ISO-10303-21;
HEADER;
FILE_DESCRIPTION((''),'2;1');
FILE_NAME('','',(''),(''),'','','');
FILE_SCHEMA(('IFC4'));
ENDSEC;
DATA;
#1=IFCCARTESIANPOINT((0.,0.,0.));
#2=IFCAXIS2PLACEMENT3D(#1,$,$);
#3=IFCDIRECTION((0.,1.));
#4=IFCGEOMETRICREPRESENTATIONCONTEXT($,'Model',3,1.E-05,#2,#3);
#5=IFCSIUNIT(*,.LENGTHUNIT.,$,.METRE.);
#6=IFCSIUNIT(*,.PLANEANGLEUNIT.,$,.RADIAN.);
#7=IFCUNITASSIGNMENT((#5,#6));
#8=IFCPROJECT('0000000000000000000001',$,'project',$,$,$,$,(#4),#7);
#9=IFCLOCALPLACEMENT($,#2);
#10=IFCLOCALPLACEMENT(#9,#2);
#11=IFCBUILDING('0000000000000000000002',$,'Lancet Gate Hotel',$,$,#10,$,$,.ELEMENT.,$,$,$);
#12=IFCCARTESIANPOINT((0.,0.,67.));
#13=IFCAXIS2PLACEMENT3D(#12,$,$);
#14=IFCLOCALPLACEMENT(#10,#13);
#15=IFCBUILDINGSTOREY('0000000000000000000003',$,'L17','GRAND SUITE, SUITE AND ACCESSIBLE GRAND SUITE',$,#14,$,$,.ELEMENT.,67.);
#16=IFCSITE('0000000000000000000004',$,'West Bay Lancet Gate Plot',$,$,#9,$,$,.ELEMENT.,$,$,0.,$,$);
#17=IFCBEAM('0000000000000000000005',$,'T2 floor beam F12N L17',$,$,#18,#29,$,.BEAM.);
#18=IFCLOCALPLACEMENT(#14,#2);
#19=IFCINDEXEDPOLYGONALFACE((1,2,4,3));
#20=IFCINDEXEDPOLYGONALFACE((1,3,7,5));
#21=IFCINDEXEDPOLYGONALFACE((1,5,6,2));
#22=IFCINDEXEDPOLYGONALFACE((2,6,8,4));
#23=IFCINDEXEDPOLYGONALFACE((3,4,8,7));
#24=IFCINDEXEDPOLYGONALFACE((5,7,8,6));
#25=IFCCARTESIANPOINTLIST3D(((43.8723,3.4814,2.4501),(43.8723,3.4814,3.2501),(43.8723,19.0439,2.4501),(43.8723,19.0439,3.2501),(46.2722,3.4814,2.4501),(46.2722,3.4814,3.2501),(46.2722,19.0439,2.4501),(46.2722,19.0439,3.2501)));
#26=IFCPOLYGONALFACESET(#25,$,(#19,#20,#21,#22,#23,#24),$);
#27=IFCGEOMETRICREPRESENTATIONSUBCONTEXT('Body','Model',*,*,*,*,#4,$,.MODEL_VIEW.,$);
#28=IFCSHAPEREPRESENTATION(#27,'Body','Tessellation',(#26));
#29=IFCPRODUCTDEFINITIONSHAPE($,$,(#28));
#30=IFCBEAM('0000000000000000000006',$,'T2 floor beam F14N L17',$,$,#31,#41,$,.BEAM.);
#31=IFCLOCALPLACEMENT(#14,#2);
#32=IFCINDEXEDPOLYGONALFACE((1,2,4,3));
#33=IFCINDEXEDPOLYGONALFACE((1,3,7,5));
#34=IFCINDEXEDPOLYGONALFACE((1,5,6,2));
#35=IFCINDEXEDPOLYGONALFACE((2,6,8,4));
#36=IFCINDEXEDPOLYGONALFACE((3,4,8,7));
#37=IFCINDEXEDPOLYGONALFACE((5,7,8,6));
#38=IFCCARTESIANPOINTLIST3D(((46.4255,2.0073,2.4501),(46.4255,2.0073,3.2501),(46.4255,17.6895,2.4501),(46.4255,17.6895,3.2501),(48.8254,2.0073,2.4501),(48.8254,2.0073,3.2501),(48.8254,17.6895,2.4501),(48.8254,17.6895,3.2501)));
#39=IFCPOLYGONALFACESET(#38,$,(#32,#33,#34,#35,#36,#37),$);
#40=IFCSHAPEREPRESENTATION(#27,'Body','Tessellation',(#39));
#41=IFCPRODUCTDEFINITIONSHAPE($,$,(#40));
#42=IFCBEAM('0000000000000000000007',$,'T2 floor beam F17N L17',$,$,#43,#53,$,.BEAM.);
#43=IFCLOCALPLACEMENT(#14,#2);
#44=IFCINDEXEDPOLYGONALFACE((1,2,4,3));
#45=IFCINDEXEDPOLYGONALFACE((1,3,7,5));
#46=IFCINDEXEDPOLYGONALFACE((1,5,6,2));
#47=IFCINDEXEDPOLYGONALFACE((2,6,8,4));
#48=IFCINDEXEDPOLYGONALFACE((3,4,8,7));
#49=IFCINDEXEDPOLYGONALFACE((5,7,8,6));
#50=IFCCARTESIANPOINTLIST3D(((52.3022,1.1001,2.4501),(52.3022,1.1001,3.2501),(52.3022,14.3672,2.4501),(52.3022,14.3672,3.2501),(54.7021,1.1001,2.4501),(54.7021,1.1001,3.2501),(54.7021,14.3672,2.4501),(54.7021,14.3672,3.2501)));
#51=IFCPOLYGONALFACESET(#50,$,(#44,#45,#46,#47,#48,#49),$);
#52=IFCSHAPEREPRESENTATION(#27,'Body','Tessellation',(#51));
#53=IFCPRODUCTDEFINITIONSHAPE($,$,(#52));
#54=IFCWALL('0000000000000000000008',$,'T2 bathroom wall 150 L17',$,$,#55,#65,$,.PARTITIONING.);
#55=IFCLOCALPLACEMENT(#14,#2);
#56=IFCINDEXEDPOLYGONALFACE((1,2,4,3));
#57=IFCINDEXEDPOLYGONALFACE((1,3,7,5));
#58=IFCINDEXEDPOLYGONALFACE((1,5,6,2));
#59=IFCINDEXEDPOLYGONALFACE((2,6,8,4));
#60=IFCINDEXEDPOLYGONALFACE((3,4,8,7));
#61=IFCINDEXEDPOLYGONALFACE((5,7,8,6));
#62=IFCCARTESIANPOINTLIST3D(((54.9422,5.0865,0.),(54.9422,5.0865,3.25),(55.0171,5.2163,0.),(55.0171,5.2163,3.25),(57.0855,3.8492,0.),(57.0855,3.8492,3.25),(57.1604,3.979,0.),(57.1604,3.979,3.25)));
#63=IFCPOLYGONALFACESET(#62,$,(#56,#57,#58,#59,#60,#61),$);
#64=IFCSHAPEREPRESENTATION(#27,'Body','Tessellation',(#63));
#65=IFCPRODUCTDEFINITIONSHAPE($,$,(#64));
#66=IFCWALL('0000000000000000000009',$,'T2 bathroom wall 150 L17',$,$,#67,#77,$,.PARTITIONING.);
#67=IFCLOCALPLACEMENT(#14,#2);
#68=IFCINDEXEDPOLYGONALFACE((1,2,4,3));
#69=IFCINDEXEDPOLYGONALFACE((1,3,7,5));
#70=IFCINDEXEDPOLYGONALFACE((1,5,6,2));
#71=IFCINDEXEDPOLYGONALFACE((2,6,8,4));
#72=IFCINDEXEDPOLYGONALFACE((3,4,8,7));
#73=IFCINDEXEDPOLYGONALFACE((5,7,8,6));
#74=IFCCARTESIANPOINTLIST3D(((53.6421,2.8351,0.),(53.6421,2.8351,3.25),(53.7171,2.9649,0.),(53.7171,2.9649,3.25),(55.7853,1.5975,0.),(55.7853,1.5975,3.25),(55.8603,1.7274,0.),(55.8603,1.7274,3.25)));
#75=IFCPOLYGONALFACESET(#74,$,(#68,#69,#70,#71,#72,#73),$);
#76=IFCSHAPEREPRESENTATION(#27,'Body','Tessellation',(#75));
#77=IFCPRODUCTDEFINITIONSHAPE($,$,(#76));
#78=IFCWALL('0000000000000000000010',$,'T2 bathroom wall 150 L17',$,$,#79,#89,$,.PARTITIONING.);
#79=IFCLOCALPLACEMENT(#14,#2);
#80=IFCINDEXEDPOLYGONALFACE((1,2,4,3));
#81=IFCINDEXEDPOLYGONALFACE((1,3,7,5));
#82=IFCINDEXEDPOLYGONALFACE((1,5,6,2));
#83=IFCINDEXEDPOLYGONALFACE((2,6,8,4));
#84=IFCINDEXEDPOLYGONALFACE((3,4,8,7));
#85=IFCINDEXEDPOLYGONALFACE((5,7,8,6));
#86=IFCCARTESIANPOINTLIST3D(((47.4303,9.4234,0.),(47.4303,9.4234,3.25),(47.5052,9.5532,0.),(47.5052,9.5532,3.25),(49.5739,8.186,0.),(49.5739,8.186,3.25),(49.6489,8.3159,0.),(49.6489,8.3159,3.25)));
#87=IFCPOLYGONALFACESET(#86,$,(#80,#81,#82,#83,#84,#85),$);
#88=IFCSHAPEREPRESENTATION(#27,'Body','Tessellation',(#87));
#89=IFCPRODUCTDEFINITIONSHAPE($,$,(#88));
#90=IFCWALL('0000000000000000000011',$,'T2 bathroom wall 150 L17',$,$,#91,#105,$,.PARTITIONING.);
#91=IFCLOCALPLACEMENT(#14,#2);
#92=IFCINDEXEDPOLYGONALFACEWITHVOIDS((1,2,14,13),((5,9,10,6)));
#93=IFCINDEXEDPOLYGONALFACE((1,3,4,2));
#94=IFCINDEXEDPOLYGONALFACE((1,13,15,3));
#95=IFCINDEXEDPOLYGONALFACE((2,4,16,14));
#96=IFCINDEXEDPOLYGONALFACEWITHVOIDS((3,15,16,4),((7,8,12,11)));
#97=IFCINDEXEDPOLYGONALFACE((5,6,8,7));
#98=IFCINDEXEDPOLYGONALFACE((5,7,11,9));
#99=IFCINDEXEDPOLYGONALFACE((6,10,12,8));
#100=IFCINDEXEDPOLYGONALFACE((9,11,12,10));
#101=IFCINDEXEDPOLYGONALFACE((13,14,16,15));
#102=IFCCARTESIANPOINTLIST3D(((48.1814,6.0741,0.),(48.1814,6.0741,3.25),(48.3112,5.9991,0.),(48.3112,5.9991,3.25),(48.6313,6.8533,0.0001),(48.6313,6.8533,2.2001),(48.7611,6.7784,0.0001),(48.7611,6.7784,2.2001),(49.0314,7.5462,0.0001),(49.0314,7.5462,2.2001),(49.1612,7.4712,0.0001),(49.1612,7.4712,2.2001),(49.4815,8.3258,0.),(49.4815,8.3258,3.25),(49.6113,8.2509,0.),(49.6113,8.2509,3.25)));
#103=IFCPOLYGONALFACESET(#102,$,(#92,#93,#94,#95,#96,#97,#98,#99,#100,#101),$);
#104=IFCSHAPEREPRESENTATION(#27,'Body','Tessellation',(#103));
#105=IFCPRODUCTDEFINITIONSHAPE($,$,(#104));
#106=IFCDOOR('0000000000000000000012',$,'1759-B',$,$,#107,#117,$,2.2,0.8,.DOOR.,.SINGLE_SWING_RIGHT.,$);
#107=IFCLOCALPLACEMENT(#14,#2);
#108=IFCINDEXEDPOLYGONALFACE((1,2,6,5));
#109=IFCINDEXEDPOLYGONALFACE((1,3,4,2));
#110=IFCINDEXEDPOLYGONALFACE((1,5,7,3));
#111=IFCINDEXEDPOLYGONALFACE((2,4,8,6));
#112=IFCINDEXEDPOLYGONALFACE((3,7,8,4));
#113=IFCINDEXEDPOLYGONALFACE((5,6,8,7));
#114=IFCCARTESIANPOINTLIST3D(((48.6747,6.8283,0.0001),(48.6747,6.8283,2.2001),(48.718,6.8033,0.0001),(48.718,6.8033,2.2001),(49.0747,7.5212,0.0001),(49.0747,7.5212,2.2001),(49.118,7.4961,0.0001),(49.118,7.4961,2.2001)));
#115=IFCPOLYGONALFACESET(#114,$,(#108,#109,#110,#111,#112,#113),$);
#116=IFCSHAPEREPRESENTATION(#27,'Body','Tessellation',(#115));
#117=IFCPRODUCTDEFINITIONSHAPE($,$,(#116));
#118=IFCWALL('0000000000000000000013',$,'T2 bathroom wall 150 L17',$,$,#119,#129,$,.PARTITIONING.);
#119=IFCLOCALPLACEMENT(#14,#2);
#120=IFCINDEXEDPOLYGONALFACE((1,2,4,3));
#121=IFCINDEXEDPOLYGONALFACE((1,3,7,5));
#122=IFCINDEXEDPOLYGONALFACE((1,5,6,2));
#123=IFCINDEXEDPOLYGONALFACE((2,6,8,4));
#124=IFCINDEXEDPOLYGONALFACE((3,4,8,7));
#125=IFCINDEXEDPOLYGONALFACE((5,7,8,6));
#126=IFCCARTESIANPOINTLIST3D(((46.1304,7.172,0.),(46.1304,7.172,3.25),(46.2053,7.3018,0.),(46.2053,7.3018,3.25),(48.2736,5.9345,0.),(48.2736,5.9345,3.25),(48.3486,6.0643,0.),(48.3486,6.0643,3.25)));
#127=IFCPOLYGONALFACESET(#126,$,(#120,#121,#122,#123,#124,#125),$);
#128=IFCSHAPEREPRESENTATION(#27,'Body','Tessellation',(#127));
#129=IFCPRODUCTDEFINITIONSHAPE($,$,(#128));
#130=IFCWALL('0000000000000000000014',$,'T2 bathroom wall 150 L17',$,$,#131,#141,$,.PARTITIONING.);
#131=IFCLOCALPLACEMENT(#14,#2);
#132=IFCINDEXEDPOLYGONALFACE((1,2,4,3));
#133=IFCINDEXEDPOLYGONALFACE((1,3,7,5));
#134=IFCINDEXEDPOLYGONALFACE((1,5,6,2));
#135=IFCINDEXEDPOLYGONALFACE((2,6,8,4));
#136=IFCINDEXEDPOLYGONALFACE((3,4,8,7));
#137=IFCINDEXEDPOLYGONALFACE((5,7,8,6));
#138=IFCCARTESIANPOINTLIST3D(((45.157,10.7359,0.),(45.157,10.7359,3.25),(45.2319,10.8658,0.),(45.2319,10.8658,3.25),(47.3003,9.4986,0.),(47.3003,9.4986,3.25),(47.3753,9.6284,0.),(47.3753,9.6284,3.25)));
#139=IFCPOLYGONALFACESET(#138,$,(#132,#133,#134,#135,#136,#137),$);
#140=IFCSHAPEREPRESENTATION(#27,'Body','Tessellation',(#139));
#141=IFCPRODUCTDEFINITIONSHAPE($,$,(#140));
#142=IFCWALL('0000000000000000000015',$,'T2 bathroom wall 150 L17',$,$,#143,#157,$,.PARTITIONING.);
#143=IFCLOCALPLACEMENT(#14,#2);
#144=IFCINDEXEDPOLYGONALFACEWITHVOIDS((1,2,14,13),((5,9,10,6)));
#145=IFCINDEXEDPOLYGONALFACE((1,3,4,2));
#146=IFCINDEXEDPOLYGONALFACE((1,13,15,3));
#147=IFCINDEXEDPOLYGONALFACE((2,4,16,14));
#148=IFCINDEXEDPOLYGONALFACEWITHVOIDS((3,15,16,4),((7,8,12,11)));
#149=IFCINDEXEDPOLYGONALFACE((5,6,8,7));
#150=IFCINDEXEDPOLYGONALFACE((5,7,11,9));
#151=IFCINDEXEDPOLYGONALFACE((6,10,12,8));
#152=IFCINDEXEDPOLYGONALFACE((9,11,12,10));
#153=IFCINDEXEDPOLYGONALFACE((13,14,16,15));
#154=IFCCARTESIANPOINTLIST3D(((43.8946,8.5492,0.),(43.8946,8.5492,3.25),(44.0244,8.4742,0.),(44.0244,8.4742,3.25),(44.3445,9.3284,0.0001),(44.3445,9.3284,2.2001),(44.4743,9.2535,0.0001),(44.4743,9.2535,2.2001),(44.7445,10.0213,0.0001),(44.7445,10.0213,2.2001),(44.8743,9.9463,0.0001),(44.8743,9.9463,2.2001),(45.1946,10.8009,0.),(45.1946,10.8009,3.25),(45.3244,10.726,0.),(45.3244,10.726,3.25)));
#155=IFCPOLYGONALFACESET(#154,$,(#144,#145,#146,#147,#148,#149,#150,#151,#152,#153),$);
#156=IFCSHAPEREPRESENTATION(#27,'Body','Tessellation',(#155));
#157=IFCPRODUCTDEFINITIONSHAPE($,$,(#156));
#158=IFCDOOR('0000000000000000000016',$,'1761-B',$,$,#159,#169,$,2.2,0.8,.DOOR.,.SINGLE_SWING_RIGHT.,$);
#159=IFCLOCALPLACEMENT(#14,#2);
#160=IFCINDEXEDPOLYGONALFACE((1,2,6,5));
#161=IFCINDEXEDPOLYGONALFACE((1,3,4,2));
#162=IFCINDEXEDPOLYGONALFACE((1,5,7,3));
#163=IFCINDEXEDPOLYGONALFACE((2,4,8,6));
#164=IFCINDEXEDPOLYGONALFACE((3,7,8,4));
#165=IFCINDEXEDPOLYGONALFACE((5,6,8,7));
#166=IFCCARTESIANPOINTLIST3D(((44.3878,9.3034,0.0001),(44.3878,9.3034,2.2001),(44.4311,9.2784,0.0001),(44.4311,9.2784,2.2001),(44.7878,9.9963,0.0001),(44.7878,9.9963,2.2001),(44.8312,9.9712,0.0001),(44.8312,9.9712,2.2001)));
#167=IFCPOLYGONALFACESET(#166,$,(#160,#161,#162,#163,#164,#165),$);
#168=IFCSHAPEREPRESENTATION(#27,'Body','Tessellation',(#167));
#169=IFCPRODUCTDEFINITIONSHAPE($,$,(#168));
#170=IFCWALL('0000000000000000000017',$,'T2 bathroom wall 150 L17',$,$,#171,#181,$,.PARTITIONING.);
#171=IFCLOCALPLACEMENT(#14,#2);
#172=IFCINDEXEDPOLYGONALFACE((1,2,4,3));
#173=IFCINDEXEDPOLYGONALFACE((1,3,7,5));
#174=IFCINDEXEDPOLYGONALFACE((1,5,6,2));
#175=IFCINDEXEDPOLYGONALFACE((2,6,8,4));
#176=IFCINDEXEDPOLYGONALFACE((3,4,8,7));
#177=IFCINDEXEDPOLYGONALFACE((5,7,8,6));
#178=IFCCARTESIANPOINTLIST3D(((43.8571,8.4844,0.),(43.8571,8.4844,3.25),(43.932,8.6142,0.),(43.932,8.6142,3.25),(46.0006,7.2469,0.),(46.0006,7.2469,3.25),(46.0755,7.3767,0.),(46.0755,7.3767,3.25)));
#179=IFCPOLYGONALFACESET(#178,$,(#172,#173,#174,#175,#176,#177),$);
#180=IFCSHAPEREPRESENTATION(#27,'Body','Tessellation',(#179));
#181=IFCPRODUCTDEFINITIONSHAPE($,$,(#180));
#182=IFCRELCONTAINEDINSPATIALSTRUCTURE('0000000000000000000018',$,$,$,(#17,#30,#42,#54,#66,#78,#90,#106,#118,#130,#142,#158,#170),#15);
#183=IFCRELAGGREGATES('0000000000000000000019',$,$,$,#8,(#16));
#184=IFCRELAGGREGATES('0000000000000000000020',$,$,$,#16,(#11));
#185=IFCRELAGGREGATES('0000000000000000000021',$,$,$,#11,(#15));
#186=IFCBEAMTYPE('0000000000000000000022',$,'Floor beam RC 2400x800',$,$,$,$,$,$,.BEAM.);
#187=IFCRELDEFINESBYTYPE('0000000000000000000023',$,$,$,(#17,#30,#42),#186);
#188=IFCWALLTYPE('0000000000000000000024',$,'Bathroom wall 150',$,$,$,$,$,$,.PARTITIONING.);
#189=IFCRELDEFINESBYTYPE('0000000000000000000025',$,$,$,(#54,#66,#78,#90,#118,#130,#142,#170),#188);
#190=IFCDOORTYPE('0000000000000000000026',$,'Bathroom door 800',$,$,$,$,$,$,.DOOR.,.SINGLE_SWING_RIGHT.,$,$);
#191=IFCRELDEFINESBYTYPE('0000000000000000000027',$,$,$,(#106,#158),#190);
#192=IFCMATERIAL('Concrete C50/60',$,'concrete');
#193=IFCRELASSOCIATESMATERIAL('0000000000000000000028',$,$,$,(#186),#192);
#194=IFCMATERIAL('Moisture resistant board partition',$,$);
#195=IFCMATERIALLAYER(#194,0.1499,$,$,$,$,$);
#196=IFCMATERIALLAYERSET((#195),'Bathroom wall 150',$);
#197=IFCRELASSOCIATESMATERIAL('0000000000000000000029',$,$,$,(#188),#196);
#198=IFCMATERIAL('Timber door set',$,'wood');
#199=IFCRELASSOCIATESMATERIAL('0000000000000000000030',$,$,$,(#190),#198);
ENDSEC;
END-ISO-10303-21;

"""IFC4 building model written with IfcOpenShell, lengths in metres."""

from ifc_helpers import new_model, si_unit, direction, frame, frame_2d, origin, origin_2d, place, context, subcontext, project, spatial, rectangle, extrude, material, layer, layer_set, material_profile, profile_set, type_object, element, fill, save


model = new_model("IFC4")

# Units and contexts
model_context = context("Model", 3, precision=1e-05, world=origin(), true_north=direction((0.0, 1.0)))
body_context = subcontext(model_context, "Body", "Model", "MODEL_VIEW")
ifc_project = project(units=[si_unit("LENGTHUNIT", "METRE"), si_unit("PLANEANGLEUNIT", "RADIAN")], contexts=[model_context])

# Site, building, storey
site_placement = place(None, origin())
site = spatial("IfcSite", under=ifc_project, at=site_placement, Name="West Bay Lancet Gate Plot", CompositionType="ELEMENT", RefElevation=0.0)
building_placement = place(site_placement, origin())
building = spatial("IfcBuilding", under=site, at=building_placement, Name="Lancet Gate Hotel", CompositionType="ELEMENT")
storey_placement = place(building_placement, frame((0.0, 0.0, 67.0)))
storey = spatial("IfcBuildingStorey", under=building, at=storey_placement, Name="L17", Description="GRAND SUITE, SUITE AND ACCESSIBLE GRAND SUITE", CompositionType="ELEMENT", Elevation=67.0)

# Beams
ifc_material_1 = material(Name="Concrete C50/60", Category="concrete")
ifc_material_profile = material_profile(ifc_material_1, rectangle(XDim=2.3999, YDim=0.8, at=origin_2d()), Name="RC 2400x800")
ifc_profile_set = profile_set([ifc_material_profile], Name="Concrete C50/60")
beam_type = type_object("IfcBeamType", Name="Floor beam RC 2400x800", PredefinedType="BEAM", material=ifc_profile_set)
beam_1_placement = place(storey_placement, frame((45.0723, 3.4814, 2.8501), z_axis=(0.0, 1.0, 0.0), x_axis=(-1.0, 0.0, 0.0)))
element("IfcBeam", 1, at=beam_1_placement, inside=storey, type_object=beam_type, Name="T2 floor beam F12N L17", PredefinedType="BEAM", context=body_context, shape_type="SweptSolid", body=[
    extrude(rectangle(XDim=2.3999, YDim=0.8, at=origin_2d()), origin(), (0.0, 0.0, 1.0), 15.5625),
])
beam_2_placement = place(storey_placement, frame((47.6255, 2.0073, 2.8501), z_axis=(0.0, 1.0, 0.0), x_axis=(-1.0, 0.0, 0.0)))
element("IfcBeam", 2, at=beam_2_placement, inside=storey, type_object=beam_type, Name="T2 floor beam F14N L17", PredefinedType="BEAM", context=body_context, shape_type="SweptSolid", body=[
    extrude(rectangle(XDim=2.3999, YDim=0.8, at=origin_2d()), origin(), (0.0, 0.0, 1.0), 15.6821),
])
beam_3_placement = place(storey_placement, frame((53.5022, 1.1001, 2.8501), z_axis=(0.0, 1.0, 0.0), x_axis=(-1.0, 0.0, 0.0)))
element("IfcBeam", 3, at=beam_3_placement, inside=storey, type_object=beam_type, Name="T2 floor beam F17N L17", PredefinedType="BEAM", context=body_context, shape_type="SweptSolid", body=[
    extrude(rectangle(XDim=2.3999, YDim=0.8, at=origin_2d()), origin(), (0.0, 0.0, 1.0), 13.2671),
])

# Walls
ifc_material_2 = material(Name="Moisture resistant board partition")
ifc_layer_1 = layer(ifc_material_2, 0.1499)
ifc_layer_set_1 = layer_set([ifc_layer_1], Name="Bathroom wall 150")
wall_type_1 = type_object("IfcWallType", Name="Bathroom wall 150", PredefinedType="PARTITIONING", material=ifc_layer_set_1)
for number, where, z_axis, x_axis, name in (
    (4, (54.9797, 5.1514, 0.0), (0.0, 0.0, 1.0), (0.866049, -0.499959, 0.0), "T2 bathroom wall 150 L17"),
    (5, (53.6797, 2.8999, 0.0), (0.0, 0.0, 1.0), (0.866007, -0.500033, 0.0), "T2 bathroom wall 150 L17"),
):
    element("IfcWall", number, at=place(storey_placement, frame(where, z_axis=z_axis, x_axis=x_axis)), inside=storey, type_object=wall_type_1, Name=name, PredefinedType="PARTITIONING", context=body_context, shape_type="SweptSolid", body=[
        extrude(rectangle(XDim=2.4749, YDim=0.1499, at=frame_2d((1.2373, 0.0))), origin(), (0.0, 0.0, 1.0), 3.25),
    ])
wall_1_placement = place(storey_placement, frame((47.4678, 9.4883, 0.0), z_axis=(0.0, 0.0, 1.0), x_axis=(0.866074, -0.499916, 0.0)))
element("IfcWall", 6, at=wall_1_placement, inside=storey, type_object=wall_type_1, Name="T2 bathroom wall 150 L17", PredefinedType="PARTITIONING", context=body_context, shape_type="SweptSolid", body=[
    extrude(rectangle(XDim=2.4751, YDim=0.1499, at=frame_2d((1.2375, 0.0))), origin(), (0.0, 0.0, 1.0), 3.25),
])

# Wall, opening, door
wall_2_placement = place(storey_placement, frame((48.2463, 6.0366, 0.0), z_axis=(0.0, 0.0, 1.0), x_axis=(0.500007, 0.866021, 0.0)))
wall_2 = element("IfcWall", 7, at=wall_2_placement, inside=storey, type_object=wall_type_1, Name="T2 bathroom wall 150 L17", PredefinedType="PARTITIONING", context=body_context, shape_type="SweptSolid", body=[
    extrude(rectangle(XDim=2.6001, YDim=0.1499, at=frame_2d((1.3, 0.0))), origin(), (0.0, 0.0, 1.0), 3.25),
])
opening_1_placement = place(wall_2_placement, frame((0.8999, 0.0, 0.0)))
opening_1 = element("IfcOpeningElement", 8, at=opening_1_placement, cuts=wall_2, PredefinedType="OPENING", context=body_context, shape_type="SweptSolid", body=[
    extrude(rectangle(XDim=0.8, YDim=2.2, at=frame_2d((0.3999, 1.1001))), frame((0.0, 0.085, 0.0), z_axis=(0.0, -1.0, 0.0), x_axis=(1.0, 0.0, 0.0)), (0.0, 0.0, 1.0), 0.1699),
])
ifc_material_3 = material(Name="Timber door set", Category="wood")
door_type_1 = type_object("IfcDoorType", Name="Bathroom door 800", OperationType="SINGLE_SWING_RIGHT", PredefinedType="DOOR", material=ifc_material_3)
door_1_placement = place(opening_1_placement, origin())
door_1 = element("IfcDoor", 9, at=door_1_placement, inside=storey, type_object=door_type_1, Name="1759-B", OperationType="SINGLE_SWING_RIGHT", OverallHeight=2.2, OverallWidth=0.8, PredefinedType="DOOR", context=body_context, shape_type="SweptSolid", body=[
    extrude(rectangle(XDim=0.8, YDim=2.2, at=frame_2d((0.3999, 1.1001))), frame((0.0, 0.0249, 0.0), z_axis=(0.0, -1.0, 0.0), x_axis=(1.0, 0.0, 0.0)), (0.0, 0.0, 1.0), 0.05),
])
fill(opening_1, door_1)

# Walls
for number, where, z_axis, x_axis, name in (
    (10, (46.168, 7.2368, 0.0), (0.0, 0.0, 1.0), (0.866007, -0.500033, 0.0), "T2 bathroom wall 150 L17"),
    (11, (45.1946, 10.8008, 0.0), (0.0, 0.0, 1.0), (0.866049, -0.499959, 0.0), "T2 bathroom wall 150 L17"),
):
    element("IfcWall", number, at=place(storey_placement, frame(where, z_axis=z_axis, x_axis=x_axis)), inside=storey, type_object=wall_type_1, Name=name, PredefinedType="PARTITIONING", context=body_context, shape_type="SweptSolid", body=[
        extrude(rectangle(XDim=2.4749, YDim=0.1499, at=frame_2d((1.2373, 0.0))), origin(), (0.0, 0.0, 1.0), 3.25),
    ])

# Wall, opening, door
wall_3_placement = place(storey_placement, frame((43.9595, 8.5117, 0.0), z_axis=(0.0, 0.0, 1.0), x_axis=(0.500007, 0.866021, 0.0)))
wall_3 = element("IfcWall", 12, at=wall_3_placement, inside=storey, type_object=wall_type_1, Name="T2 bathroom wall 150 L17", PredefinedType="PARTITIONING", context=body_context, shape_type="SweptSolid", body=[
    extrude(rectangle(XDim=2.6001, YDim=0.1499, at=frame_2d((1.3, 0.0))), origin(), (0.0, 0.0, 1.0), 3.25),
])
opening_2_placement = place(wall_3_placement, frame((0.8999, 0.0, 0.0)))
opening_2 = element("IfcOpeningElement", 13, at=opening_2_placement, cuts=wall_3, PredefinedType="OPENING", context=body_context, shape_type="SweptSolid", body=[
    extrude(rectangle(XDim=0.8, YDim=2.2, at=frame_2d((0.3999, 1.1001))), frame((0.0, 0.085, 0.0), z_axis=(0.0, -1.0, 0.0), x_axis=(1.0, 0.0, 0.0)), (0.0, 0.0, 1.0), 0.1699),
])
door_2_placement = place(opening_2_placement, origin())
door_2 = element("IfcDoor", 14, at=door_2_placement, inside=storey, type_object=door_type_1, Name="1761-B", OperationType="SINGLE_SWING_RIGHT", OverallHeight=2.2, OverallWidth=0.8, PredefinedType="DOOR", context=body_context, shape_type="SweptSolid", body=[
    extrude(rectangle(XDim=0.8, YDim=2.2, at=frame_2d((0.3999, 1.1001))), frame((0.0, 0.0249, 0.0), z_axis=(0.0, -1.0, 0.0), x_axis=(1.0, 0.0, 0.0)), (0.0, 0.0, 1.0), 0.05),
])
fill(opening_2, door_2)

# Wall
wall_4_placement = place(storey_placement, frame((43.8945, 8.5493, 0.0), z_axis=(0.0, 0.0, 1.0), x_axis=(0.866031, -0.49999, 0.0)))
element("IfcWall", 15, at=wall_4_placement, inside=storey, type_object=wall_type_1, Name="T2 bathroom wall 150 L17", PredefinedType="PARTITIONING", context=body_context, shape_type="SweptSolid", body=[
    extrude(rectangle(XDim=2.4751, YDim=0.1499, at=frame_2d((1.2375, 0.0))), origin(), (0.0, 0.0, 1.0), 3.25),
])

save(model, "model.ifc")
